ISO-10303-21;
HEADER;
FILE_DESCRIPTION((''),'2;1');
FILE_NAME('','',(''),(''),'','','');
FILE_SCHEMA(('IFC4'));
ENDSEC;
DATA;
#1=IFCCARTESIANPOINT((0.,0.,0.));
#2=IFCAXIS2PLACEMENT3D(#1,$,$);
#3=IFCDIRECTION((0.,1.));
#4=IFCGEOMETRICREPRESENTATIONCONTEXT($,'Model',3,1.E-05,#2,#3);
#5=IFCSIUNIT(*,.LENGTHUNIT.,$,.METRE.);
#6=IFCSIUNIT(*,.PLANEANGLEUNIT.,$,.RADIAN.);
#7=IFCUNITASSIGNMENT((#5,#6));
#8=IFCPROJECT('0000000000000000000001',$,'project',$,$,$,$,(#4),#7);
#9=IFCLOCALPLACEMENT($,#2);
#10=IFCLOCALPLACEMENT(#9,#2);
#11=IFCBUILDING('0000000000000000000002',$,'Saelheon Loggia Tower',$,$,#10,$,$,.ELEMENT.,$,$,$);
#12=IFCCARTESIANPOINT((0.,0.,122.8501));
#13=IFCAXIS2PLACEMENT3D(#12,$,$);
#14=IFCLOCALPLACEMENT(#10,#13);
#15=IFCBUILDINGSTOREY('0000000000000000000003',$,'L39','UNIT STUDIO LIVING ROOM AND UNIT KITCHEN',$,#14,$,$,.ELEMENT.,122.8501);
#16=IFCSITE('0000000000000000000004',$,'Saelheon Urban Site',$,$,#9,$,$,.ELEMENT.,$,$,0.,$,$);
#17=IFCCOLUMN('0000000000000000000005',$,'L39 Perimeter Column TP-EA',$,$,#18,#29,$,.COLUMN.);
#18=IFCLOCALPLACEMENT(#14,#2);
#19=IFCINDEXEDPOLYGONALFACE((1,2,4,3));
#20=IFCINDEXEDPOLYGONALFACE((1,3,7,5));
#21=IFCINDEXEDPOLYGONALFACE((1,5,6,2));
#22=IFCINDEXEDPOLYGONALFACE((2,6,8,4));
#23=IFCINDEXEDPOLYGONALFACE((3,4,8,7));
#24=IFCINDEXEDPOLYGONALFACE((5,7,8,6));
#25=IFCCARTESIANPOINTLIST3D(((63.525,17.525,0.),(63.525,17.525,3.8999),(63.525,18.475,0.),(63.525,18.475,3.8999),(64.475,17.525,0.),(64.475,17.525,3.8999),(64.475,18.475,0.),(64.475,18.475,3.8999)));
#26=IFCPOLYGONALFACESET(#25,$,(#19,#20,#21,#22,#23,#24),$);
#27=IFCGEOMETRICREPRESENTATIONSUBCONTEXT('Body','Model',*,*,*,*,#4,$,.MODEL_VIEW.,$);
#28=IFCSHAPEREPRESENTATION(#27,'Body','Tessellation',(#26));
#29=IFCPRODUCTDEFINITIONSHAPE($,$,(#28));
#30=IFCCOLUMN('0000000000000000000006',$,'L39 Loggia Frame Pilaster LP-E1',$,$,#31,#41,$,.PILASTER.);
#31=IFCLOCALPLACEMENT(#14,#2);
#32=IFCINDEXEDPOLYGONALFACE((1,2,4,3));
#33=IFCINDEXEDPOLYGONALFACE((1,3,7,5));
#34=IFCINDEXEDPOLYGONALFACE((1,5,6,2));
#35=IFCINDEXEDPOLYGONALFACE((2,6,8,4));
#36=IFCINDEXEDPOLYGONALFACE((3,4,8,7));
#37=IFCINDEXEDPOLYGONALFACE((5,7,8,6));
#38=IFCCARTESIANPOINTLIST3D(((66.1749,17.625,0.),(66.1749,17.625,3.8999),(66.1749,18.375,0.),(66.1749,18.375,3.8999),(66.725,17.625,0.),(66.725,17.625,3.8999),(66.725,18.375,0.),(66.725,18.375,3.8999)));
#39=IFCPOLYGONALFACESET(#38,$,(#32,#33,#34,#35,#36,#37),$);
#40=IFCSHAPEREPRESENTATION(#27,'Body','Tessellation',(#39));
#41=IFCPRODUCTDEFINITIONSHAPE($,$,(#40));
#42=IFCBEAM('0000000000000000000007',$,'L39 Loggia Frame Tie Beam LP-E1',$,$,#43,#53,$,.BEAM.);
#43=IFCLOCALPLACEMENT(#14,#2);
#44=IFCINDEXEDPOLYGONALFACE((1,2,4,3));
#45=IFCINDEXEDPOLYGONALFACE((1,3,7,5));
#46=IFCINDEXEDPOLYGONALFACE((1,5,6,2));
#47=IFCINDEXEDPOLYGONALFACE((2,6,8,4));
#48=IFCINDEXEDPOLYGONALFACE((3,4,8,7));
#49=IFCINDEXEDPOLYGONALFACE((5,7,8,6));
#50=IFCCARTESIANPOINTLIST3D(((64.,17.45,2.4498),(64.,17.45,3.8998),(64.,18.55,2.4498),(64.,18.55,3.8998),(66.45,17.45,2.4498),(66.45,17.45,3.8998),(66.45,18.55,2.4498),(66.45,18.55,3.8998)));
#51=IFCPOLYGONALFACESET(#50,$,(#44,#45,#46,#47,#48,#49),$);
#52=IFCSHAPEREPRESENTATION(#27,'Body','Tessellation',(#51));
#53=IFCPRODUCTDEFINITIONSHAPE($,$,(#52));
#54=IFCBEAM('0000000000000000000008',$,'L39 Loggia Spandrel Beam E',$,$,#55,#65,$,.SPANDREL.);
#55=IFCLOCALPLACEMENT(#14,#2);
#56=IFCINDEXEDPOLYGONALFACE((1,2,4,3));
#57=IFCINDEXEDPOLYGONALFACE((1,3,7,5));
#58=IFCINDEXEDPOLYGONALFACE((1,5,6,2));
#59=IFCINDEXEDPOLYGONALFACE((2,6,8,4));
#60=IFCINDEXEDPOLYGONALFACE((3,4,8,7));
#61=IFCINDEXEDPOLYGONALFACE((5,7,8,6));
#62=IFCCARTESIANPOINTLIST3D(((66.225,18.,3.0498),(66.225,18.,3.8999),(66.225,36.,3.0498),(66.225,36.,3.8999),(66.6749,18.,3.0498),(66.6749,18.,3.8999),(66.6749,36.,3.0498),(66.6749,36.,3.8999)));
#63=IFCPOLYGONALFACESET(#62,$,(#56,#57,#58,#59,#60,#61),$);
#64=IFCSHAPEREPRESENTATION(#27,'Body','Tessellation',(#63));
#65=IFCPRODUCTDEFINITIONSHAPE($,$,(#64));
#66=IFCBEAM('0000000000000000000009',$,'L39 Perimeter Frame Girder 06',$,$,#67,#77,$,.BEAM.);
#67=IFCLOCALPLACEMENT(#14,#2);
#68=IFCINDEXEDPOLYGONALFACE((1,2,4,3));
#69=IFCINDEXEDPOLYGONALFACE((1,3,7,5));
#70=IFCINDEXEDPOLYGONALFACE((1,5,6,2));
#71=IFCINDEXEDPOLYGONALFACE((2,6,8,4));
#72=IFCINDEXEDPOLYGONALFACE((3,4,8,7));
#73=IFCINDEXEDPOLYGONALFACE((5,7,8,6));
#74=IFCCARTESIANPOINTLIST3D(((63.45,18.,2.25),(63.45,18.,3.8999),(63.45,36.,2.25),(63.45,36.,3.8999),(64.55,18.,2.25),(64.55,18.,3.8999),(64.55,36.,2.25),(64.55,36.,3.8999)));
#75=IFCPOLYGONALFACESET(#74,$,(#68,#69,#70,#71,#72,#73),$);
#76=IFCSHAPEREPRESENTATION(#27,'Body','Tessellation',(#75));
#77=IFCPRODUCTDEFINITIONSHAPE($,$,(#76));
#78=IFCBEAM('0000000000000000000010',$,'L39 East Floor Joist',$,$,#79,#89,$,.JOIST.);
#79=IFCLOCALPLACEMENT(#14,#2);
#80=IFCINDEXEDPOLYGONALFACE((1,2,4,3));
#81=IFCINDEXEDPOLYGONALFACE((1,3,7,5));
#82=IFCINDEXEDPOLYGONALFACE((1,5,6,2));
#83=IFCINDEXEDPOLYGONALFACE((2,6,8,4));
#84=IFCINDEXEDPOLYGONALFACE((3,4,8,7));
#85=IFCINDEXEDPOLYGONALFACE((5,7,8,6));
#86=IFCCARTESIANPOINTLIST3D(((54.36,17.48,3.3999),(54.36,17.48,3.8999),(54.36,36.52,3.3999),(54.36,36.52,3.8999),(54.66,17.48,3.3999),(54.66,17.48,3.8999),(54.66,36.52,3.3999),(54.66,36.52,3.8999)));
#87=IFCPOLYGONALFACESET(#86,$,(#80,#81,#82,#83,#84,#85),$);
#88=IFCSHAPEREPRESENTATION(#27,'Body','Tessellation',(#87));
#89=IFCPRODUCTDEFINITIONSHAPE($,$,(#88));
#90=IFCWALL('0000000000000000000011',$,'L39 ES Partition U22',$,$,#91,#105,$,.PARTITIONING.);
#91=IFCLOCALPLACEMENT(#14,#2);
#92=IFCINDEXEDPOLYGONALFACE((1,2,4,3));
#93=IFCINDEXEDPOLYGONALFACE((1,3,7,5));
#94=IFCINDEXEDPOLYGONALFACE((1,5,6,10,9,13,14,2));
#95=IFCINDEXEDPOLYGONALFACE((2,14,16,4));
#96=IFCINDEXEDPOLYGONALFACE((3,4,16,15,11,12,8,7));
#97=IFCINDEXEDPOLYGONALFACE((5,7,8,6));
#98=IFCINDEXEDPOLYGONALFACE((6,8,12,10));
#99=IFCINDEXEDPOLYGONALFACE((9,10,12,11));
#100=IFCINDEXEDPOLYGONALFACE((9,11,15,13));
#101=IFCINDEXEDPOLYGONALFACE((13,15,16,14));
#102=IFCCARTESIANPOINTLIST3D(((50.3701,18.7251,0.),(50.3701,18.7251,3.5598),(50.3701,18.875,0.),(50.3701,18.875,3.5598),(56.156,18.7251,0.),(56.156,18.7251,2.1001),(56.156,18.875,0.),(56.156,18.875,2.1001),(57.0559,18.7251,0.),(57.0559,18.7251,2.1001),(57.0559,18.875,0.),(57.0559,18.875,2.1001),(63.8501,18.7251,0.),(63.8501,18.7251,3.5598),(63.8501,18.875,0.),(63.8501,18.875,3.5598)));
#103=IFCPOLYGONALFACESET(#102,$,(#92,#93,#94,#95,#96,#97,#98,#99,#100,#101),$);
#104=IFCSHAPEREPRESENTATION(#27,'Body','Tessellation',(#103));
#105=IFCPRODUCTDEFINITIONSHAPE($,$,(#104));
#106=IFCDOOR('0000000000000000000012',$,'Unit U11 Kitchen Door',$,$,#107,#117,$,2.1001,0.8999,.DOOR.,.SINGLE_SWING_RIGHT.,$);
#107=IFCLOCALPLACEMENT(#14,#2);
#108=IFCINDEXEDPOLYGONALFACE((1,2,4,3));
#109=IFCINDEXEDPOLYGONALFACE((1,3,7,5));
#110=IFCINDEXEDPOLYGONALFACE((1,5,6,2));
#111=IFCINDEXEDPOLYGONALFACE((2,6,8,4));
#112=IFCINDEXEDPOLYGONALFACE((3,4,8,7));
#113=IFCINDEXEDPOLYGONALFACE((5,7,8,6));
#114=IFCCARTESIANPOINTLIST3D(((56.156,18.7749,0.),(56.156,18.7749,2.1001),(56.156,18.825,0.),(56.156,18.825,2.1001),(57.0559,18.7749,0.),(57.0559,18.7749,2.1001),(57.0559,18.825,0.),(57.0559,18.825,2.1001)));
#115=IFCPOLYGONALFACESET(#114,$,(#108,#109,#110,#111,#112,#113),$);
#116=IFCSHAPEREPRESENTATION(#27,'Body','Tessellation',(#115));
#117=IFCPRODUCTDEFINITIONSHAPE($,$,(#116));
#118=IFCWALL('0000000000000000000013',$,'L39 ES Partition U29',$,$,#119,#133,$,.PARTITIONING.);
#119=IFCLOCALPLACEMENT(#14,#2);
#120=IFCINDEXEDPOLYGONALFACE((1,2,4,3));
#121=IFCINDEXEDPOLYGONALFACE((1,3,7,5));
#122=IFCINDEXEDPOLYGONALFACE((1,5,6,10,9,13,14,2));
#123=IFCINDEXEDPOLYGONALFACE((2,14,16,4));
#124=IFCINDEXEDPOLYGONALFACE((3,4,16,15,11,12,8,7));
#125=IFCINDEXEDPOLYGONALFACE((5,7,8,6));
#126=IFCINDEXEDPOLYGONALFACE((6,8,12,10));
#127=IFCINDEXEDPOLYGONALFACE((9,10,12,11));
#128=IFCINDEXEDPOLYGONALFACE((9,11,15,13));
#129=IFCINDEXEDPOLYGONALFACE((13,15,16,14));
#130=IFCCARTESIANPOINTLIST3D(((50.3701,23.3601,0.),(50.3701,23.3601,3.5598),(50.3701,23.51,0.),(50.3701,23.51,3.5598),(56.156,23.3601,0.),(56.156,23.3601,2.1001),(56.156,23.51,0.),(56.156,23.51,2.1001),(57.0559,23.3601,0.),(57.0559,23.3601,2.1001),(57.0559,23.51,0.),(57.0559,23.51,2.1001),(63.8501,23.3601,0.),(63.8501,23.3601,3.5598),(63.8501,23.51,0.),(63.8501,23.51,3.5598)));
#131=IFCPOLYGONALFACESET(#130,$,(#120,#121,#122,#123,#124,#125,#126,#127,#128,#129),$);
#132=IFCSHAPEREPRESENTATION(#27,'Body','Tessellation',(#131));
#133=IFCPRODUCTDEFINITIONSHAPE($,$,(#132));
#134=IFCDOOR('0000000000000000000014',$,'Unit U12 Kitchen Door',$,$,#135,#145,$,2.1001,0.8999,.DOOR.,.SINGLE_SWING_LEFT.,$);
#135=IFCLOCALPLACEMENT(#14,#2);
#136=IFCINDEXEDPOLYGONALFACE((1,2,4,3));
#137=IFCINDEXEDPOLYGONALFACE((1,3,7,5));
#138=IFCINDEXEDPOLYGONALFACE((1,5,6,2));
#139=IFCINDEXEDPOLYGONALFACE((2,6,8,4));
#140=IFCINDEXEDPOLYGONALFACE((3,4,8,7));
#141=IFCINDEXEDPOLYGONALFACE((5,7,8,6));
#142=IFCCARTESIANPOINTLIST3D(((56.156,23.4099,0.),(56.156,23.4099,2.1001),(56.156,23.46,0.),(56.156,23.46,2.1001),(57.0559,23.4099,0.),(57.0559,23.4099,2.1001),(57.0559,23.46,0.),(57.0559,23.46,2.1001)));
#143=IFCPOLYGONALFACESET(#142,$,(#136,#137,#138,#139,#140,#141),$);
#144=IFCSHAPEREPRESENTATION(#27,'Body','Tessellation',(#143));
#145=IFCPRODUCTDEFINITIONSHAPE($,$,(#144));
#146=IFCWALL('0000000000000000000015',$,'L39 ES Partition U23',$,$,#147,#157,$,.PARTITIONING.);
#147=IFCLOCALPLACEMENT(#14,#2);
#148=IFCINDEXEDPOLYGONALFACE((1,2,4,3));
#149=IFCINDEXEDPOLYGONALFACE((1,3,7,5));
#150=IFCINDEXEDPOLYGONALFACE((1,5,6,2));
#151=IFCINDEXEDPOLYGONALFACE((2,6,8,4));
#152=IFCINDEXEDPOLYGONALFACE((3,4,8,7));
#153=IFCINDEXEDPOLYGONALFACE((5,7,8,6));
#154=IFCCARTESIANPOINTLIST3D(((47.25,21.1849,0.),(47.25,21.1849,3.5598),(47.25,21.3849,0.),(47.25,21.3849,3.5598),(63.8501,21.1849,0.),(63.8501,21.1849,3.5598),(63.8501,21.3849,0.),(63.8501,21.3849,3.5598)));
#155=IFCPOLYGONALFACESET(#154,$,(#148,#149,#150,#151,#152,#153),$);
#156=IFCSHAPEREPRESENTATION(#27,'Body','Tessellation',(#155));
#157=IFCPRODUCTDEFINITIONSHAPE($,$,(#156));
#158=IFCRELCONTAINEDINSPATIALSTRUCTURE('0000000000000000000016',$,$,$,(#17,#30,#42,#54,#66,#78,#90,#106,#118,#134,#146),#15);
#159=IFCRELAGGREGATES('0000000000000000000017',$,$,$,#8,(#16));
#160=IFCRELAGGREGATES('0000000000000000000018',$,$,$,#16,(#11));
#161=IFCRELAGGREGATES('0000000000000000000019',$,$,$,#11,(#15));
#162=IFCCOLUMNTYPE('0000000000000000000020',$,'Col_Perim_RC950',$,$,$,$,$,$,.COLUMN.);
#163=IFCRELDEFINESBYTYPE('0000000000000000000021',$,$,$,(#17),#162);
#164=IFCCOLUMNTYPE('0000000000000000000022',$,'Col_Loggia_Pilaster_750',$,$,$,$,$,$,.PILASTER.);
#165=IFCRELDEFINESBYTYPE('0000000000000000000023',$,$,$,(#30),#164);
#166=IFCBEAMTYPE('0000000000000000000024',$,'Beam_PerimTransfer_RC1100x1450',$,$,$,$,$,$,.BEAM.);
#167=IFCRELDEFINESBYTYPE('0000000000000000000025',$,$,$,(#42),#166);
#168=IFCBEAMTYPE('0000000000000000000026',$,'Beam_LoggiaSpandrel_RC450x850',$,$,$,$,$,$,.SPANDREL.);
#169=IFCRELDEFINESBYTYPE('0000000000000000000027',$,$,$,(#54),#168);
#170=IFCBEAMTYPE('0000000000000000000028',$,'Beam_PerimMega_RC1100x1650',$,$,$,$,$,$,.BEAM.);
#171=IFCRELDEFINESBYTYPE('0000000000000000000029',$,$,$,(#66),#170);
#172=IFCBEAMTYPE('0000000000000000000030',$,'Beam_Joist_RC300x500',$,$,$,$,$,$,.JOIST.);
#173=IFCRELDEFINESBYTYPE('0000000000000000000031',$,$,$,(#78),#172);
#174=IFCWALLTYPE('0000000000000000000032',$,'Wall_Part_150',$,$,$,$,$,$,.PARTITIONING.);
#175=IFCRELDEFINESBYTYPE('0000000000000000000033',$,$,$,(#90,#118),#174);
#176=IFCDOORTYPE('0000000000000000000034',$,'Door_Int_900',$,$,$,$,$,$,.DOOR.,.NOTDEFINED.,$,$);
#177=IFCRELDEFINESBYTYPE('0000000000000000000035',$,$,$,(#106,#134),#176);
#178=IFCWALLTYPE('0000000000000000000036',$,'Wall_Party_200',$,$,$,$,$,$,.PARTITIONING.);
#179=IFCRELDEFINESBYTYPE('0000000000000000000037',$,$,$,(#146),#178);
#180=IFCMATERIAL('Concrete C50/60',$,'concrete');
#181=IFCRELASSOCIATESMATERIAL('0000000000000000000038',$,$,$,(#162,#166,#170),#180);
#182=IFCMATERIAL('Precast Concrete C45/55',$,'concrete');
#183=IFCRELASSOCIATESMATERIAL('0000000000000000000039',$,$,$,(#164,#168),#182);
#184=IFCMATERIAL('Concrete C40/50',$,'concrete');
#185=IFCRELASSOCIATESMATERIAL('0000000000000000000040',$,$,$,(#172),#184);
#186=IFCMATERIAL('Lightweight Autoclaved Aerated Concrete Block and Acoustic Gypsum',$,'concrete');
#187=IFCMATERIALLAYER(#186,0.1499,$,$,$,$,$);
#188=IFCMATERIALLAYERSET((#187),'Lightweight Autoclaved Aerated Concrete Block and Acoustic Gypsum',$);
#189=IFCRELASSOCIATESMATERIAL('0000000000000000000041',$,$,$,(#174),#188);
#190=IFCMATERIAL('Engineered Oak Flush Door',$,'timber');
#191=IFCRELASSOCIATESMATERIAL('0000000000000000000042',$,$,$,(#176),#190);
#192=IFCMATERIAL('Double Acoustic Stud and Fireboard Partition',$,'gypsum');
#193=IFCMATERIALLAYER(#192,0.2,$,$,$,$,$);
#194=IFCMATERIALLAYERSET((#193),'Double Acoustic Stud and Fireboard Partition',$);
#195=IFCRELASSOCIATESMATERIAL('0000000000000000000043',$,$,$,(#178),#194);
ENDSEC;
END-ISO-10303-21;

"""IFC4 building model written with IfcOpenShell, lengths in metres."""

from ifc_helpers import new_model, si_unit, direction, frame, frame_2d, origin, origin_2d, place, context, subcontext, project, spatial, rectangle, extrude, source, transform, mapped, material, layer, layer_set, material_profile, profile_set, type_object, element, fill, save


model = new_model("IFC4")

# Units and contexts
model_context = context("Model", 3, precision=1e-05, world=origin(), true_north=direction((0.0, 1.0)))
body_context = subcontext(model_context, "Body", "Model", "MODEL_VIEW")
ifc_project = project(units=[si_unit("LENGTHUNIT", "METRE"), si_unit("PLANEANGLEUNIT", "RADIAN")], contexts=[model_context])

# Site, building, storey
site_placement = place(None, origin())
site = spatial("IfcSite", under=ifc_project, at=site_placement, Name="Saelheon Urban Site", CompositionType="ELEMENT", RefElevation=0.0)
building_placement = place(site_placement, origin())
building = spatial("IfcBuilding", under=site, at=building_placement, Name="Saelheon Loggia Tower", CompositionType="ELEMENT")
storey_placement = place(building_placement, frame((0.0, 0.0, 122.8501)))
storey = spatial("IfcBuildingStorey", under=building, at=storey_placement, Name="L39", Description="UNIT STUDIO LIVING ROOM AND UNIT KITCHEN", CompositionType="ELEMENT", Elevation=122.8501)

# Columns
ifc_material_1 = material(Name="Concrete C50/60", Category="concrete")
ifc_material_profile_1 = material_profile(ifc_material_1, rectangle(XDim=0.95, YDim=0.95, at=origin_2d()), Name="RC-950x950")
ifc_profile_set_1 = profile_set([ifc_material_profile_1], Name="Concrete C50/60")
column_type_1 = type_object("IfcColumnType", Name="Col_Perim_RC950", PredefinedType="COLUMN", material=ifc_profile_set_1)
shared_shape_1 = source(origin(), body_context, "Body", "SweptSolid", [
    extrude(rectangle(XDim=0.95, YDim=0.95, at=origin_2d()), origin(), (0.0, 0.0, 1.0), 3.8999),
])
column_1_placement = place(storey_placement, frame((64.0, 18.0, 0.0), z_axis=(0.0, 0.0, 1.0), x_axis=(1.0, 0.0, 0.0)))
element("IfcColumn", 1, at=column_1_placement, inside=storey, type_object=column_type_1, Name="L39 Perimeter Column TP-EA", PredefinedType="COLUMN", context=body_context, shape_type="MappedRepresentation", body=[
    mapped(shared_shape_1, transform((0.0, 0.0, 0.0), scale=1.0)),
])
ifc_material_2 = material(Name="Precast Concrete C45/55", Category="concrete")
ifc_material_profile_2 = material_profile(ifc_material_2, rectangle(XDim=0.55, YDim=0.75, at=origin_2d()), Name="RC-550x750")
ifc_profile_set_2 = profile_set([ifc_material_profile_2], Name="Precast Concrete C45/55")
column_type_2 = type_object("IfcColumnType", Name="Col_Loggia_Pilaster_750", PredefinedType="PILASTER", material=ifc_profile_set_2)
shared_shape_2 = source(origin(), body_context, "Body", "SweptSolid", [
    extrude(rectangle(XDim=0.55, YDim=0.75, at=origin_2d()), origin(), (0.0, 0.0, 1.0), 3.8999),
])
column_2_placement = place(storey_placement, frame((66.45, 18.0, 0.0), z_axis=(0.0, 0.0, 1.0), x_axis=(1.0, 0.0, 0.0)))
element("IfcColumn", 2, at=column_2_placement, inside=storey, type_object=column_type_2, Name="L39 Loggia Frame Pilaster LP-E1", PredefinedType="PILASTER", context=body_context, shape_type="MappedRepresentation", body=[
    mapped(shared_shape_2, transform((0.0, 0.0, 0.0), scale=1.0)),
])

# Beams
ifc_material_profile_3 = material_profile(ifc_material_1, rectangle(XDim=1.1001, YDim=1.45, at=origin_2d()), Name="RC-1100x1450")
ifc_profile_set_3 = profile_set([ifc_material_profile_3], Name="Concrete C50/60")
beam_type_1 = type_object("IfcBeamType", Name="Beam_PerimTransfer_RC1100x1450", PredefinedType="BEAM", material=ifc_profile_set_3)
shared_shape_3 = source(origin(), body_context, "Body", "SweptSolid", [
    extrude(rectangle(XDim=1.1001, YDim=1.45, at=origin_2d()), origin(), (0.0, 0.0, 1.0), 2.45),
])
beam_1_placement = place(storey_placement, frame((64.0, 18.0, 3.1748), z_axis=(1.0, 0.0, 0.0), x_axis=(0.0, 1.0, 0.0)))
element("IfcBeam", 3, at=beam_1_placement, inside=storey, type_object=beam_type_1, Name="L39 Loggia Frame Tie Beam LP-E1", PredefinedType="BEAM", context=body_context, shape_type="MappedRepresentation", body=[
    mapped(shared_shape_3, transform((0.0, 0.0, 0.0), scale=1.0)),
])
ifc_material_profile_4 = material_profile(ifc_material_2, rectangle(XDim=0.45, YDim=0.8501, at=origin_2d()), Name="RC-450x850")
ifc_profile_set_4 = profile_set([ifc_material_profile_4], Name="Precast Concrete C45/55")
beam_type_2 = type_object("IfcBeamType", Name="Beam_LoggiaSpandrel_RC450x850", PredefinedType="SPANDREL", material=ifc_profile_set_4)
shared_shape_4 = source(origin(), body_context, "Body", "SweptSolid", [
    extrude(rectangle(XDim=0.45, YDim=0.8501, at=origin_2d()), origin(), (0.0, 0.0, 1.0), 18.0),
])
beam_2_placement = place(storey_placement, frame((66.45, 18.0, 3.4749), z_axis=(0.0, 1.0, 0.0), x_axis=(-1.0, 0.0, 0.0)))
element("IfcBeam", 4, at=beam_2_placement, inside=storey, type_object=beam_type_2, Name="L39 Loggia Spandrel Beam E", PredefinedType="SPANDREL", context=body_context, shape_type="MappedRepresentation", body=[
    mapped(shared_shape_4, transform((0.0, 0.0, 0.0), scale=1.0)),
])
ifc_material_profile_5 = material_profile(ifc_material_1, rectangle(XDim=1.1001, YDim=1.6499, at=origin_2d()), Name="RC-1100x1650")
ifc_profile_set_5 = profile_set([ifc_material_profile_5], Name="Concrete C50/60")
beam_type_3 = type_object("IfcBeamType", Name="Beam_PerimMega_RC1100x1650", PredefinedType="BEAM", material=ifc_profile_set_5)
shared_shape_5 = source(origin(), body_context, "Body", "SweptSolid", [
    extrude(rectangle(XDim=1.1001, YDim=1.6499, at=origin_2d()), origin(), (0.0, 0.0, 1.0), 18.0),
])
beam_3_placement = place(storey_placement, frame((64.0, 18.0, 3.075), z_axis=(0.0, 1.0, 0.0), x_axis=(-1.0, 0.0, 0.0)))
element("IfcBeam", 5, at=beam_3_placement, inside=storey, type_object=beam_type_3, Name="L39 Perimeter Frame Girder 06", PredefinedType="BEAM", context=body_context, shape_type="MappedRepresentation", body=[
    mapped(shared_shape_5, transform((0.0, 0.0, 0.0), scale=1.0)),
])
ifc_material_3 = material(Name="Concrete C40/50", Category="concrete")
ifc_material_profile_6 = material_profile(ifc_material_3, rectangle(XDim=0.3, YDim=0.5, at=origin_2d()), Name="RC-300x500")
ifc_profile_set_6 = profile_set([ifc_material_profile_6], Name="Concrete C40/50")
beam_type_4 = type_object("IfcBeamType", Name="Beam_Joist_RC300x500", PredefinedType="JOIST", material=ifc_profile_set_6)
shared_shape_6 = source(origin(), body_context, "Body", "SweptSolid", [
    extrude(rectangle(XDim=0.3, YDim=0.5, at=origin_2d()), origin(), (0.0, 0.0, 1.0), 19.04),
])
beam_4_placement = place(storey_placement, frame((54.51, 17.48, 3.6499), z_axis=(0.0, 1.0, 0.0), x_axis=(-1.0, 0.0, 0.0)))
element("IfcBeam", 6, at=beam_4_placement, inside=storey, type_object=beam_type_4, Name="L39 East Floor Joist", PredefinedType="JOIST", context=body_context, shape_type="MappedRepresentation", body=[
    mapped(shared_shape_6, transform((0.0, 0.0, 0.0), scale=1.0)),
])

# Walls, openings, doors
ifc_material_4 = material(Name="Lightweight Autoclaved Aerated Concrete Block and Acoustic Gypsum", Category="concrete")
ifc_layer_1 = layer(ifc_material_4, 0.1499)
ifc_layer_set_1 = layer_set([ifc_layer_1], Name="Lightweight Autoclaved Aerated Concrete Block and Acoustic Gypsum")
wall_type_1 = type_object("IfcWallType", Name="Wall_Part_150", PredefinedType="PARTITIONING", material=ifc_layer_set_1)
wall_1_placement = place(storey_placement, frame((50.3701, 18.8, 0.0), z_axis=(0.0, 0.0, 1.0), x_axis=(1.0, 0.0, 0.0)))
wall_1 = element("IfcWall", 7, at=wall_1_placement, inside=storey, type_object=wall_type_1, Name="L39 ES Partition U22", PredefinedType="PARTITIONING", context=body_context, shape_type="SweptSolid", body=[
    extrude(rectangle(XDim=13.48, YDim=0.1499, at=frame_2d((6.74, 0.0))), origin(), (0.0, 0.0, 1.0), 3.5598),
])
opening_1_placement = place(wall_1_placement, frame((5.7859, 0.0, 0.0)))
opening_1 = element("IfcOpeningElement", 8, at=opening_1_placement, cuts=wall_1, PredefinedType="OPENING", context=body_context, shape_type="SweptSolid", body=[
    extrude(rectangle(XDim=0.8999, YDim=2.1001, at=frame_2d((0.45, 1.05))), frame((0.0, 0.0869, 0.0), z_axis=(0.0, -1.0, 0.0), x_axis=(1.0, 0.0, 0.0)), (0.0, 0.0, 1.0), 0.1738),
])
ifc_material_5 = material(Name="Engineered Oak Flush Door", Category="timber")
door_type_1 = type_object("IfcDoorType", Name="Door_Int_900", OperationType="NOTDEFINED", PredefinedType="DOOR", material=ifc_material_5)
shared_shape_7 = source(origin(), body_context, "Body", "SweptSolid", [
    extrude(rectangle(XDim=0.8999, YDim=2.1001, at=frame_2d((0.45, 1.05))), frame((0.0, 0.0249, 0.0), z_axis=(0.0, -1.0, 0.0), x_axis=(1.0, 0.0, 0.0)), (0.0, 0.0, 1.0), 0.05),
])
door_1_placement = place(opening_1_placement, origin())
door_1 = element("IfcDoor", 9, at=door_1_placement, inside=storey, type_object=door_type_1, Name="Unit U11 Kitchen Door", OperationType="SINGLE_SWING_RIGHT", OverallHeight=2.1001, OverallWidth=0.8999, PredefinedType="DOOR", context=body_context, shape_type="MappedRepresentation", body=[
    mapped(shared_shape_7, transform((0.0, 0.0, 0.0), scale=1.0)),
])
fill(opening_1, door_1)
wall_2_placement = place(storey_placement, frame((50.3701, 23.4351, 0.0), z_axis=(0.0, 0.0, 1.0), x_axis=(1.0, 0.0, 0.0)))
wall_2 = element("IfcWall", 10, at=wall_2_placement, inside=storey, type_object=wall_type_1, Name="L39 ES Partition U29", PredefinedType="PARTITIONING", context=body_context, shape_type="SweptSolid", body=[
    extrude(rectangle(XDim=13.48, YDim=0.1499, at=frame_2d((6.74, 0.0))), origin(), (0.0, 0.0, 1.0), 3.5598),
])
opening_2_placement = place(wall_2_placement, frame((5.7859, 0.0, 0.0)))
opening_2 = element("IfcOpeningElement", 11, at=opening_2_placement, cuts=wall_2, PredefinedType="OPENING", context=body_context, shape_type="SweptSolid", body=[
    extrude(rectangle(XDim=0.8999, YDim=2.1001, at=frame_2d((0.45, 1.05))), frame((0.0, 0.0869, 0.0), z_axis=(0.0, -1.0, 0.0), x_axis=(1.0, 0.0, 0.0)), (0.0, 0.0, 1.0), 0.1738),
])
door_2_placement = place(opening_2_placement, origin())
door_2 = element("IfcDoor", 12, at=door_2_placement, inside=storey, type_object=door_type_1, Name="Unit U12 Kitchen Door", OperationType="SINGLE_SWING_LEFT", OverallHeight=2.1001, OverallWidth=0.8999, PredefinedType="DOOR", context=body_context, shape_type="MappedRepresentation", body=[
    mapped(shared_shape_7, transform((0.0, 0.0, 0.0), scale=1.0)),
])
fill(opening_2, door_2)
ifc_material_6 = material(Name="Double Acoustic Stud and Fireboard Partition", Category="gypsum")
ifc_layer_2 = layer(ifc_material_6, 0.2)
ifc_layer_set_2 = layer_set([ifc_layer_2], Name="Double Acoustic Stud and Fireboard Partition")
wall_type_2 = type_object("IfcWallType", Name="Wall_Party_200", PredefinedType="PARTITIONING", material=ifc_layer_set_2)

# Wall
wall_3_placement = place(storey_placement, frame((47.25, 21.2849, 0.0), z_axis=(0.0, 0.0, 1.0), x_axis=(1.0, 0.0, 0.0)))
element("IfcWall", 13, at=wall_3_placement, inside=storey, type_object=wall_type_2, Name="L39 ES Partition U23", PredefinedType="PARTITIONING", context=body_context, shape_type="SweptSolid", body=[
    extrude(rectangle(XDim=16.6001, YDim=0.2, at=frame_2d((8.3, 0.0))), origin(), (0.0, 0.0, 1.0), 3.5598),
])

save(model, "model.ifc")
